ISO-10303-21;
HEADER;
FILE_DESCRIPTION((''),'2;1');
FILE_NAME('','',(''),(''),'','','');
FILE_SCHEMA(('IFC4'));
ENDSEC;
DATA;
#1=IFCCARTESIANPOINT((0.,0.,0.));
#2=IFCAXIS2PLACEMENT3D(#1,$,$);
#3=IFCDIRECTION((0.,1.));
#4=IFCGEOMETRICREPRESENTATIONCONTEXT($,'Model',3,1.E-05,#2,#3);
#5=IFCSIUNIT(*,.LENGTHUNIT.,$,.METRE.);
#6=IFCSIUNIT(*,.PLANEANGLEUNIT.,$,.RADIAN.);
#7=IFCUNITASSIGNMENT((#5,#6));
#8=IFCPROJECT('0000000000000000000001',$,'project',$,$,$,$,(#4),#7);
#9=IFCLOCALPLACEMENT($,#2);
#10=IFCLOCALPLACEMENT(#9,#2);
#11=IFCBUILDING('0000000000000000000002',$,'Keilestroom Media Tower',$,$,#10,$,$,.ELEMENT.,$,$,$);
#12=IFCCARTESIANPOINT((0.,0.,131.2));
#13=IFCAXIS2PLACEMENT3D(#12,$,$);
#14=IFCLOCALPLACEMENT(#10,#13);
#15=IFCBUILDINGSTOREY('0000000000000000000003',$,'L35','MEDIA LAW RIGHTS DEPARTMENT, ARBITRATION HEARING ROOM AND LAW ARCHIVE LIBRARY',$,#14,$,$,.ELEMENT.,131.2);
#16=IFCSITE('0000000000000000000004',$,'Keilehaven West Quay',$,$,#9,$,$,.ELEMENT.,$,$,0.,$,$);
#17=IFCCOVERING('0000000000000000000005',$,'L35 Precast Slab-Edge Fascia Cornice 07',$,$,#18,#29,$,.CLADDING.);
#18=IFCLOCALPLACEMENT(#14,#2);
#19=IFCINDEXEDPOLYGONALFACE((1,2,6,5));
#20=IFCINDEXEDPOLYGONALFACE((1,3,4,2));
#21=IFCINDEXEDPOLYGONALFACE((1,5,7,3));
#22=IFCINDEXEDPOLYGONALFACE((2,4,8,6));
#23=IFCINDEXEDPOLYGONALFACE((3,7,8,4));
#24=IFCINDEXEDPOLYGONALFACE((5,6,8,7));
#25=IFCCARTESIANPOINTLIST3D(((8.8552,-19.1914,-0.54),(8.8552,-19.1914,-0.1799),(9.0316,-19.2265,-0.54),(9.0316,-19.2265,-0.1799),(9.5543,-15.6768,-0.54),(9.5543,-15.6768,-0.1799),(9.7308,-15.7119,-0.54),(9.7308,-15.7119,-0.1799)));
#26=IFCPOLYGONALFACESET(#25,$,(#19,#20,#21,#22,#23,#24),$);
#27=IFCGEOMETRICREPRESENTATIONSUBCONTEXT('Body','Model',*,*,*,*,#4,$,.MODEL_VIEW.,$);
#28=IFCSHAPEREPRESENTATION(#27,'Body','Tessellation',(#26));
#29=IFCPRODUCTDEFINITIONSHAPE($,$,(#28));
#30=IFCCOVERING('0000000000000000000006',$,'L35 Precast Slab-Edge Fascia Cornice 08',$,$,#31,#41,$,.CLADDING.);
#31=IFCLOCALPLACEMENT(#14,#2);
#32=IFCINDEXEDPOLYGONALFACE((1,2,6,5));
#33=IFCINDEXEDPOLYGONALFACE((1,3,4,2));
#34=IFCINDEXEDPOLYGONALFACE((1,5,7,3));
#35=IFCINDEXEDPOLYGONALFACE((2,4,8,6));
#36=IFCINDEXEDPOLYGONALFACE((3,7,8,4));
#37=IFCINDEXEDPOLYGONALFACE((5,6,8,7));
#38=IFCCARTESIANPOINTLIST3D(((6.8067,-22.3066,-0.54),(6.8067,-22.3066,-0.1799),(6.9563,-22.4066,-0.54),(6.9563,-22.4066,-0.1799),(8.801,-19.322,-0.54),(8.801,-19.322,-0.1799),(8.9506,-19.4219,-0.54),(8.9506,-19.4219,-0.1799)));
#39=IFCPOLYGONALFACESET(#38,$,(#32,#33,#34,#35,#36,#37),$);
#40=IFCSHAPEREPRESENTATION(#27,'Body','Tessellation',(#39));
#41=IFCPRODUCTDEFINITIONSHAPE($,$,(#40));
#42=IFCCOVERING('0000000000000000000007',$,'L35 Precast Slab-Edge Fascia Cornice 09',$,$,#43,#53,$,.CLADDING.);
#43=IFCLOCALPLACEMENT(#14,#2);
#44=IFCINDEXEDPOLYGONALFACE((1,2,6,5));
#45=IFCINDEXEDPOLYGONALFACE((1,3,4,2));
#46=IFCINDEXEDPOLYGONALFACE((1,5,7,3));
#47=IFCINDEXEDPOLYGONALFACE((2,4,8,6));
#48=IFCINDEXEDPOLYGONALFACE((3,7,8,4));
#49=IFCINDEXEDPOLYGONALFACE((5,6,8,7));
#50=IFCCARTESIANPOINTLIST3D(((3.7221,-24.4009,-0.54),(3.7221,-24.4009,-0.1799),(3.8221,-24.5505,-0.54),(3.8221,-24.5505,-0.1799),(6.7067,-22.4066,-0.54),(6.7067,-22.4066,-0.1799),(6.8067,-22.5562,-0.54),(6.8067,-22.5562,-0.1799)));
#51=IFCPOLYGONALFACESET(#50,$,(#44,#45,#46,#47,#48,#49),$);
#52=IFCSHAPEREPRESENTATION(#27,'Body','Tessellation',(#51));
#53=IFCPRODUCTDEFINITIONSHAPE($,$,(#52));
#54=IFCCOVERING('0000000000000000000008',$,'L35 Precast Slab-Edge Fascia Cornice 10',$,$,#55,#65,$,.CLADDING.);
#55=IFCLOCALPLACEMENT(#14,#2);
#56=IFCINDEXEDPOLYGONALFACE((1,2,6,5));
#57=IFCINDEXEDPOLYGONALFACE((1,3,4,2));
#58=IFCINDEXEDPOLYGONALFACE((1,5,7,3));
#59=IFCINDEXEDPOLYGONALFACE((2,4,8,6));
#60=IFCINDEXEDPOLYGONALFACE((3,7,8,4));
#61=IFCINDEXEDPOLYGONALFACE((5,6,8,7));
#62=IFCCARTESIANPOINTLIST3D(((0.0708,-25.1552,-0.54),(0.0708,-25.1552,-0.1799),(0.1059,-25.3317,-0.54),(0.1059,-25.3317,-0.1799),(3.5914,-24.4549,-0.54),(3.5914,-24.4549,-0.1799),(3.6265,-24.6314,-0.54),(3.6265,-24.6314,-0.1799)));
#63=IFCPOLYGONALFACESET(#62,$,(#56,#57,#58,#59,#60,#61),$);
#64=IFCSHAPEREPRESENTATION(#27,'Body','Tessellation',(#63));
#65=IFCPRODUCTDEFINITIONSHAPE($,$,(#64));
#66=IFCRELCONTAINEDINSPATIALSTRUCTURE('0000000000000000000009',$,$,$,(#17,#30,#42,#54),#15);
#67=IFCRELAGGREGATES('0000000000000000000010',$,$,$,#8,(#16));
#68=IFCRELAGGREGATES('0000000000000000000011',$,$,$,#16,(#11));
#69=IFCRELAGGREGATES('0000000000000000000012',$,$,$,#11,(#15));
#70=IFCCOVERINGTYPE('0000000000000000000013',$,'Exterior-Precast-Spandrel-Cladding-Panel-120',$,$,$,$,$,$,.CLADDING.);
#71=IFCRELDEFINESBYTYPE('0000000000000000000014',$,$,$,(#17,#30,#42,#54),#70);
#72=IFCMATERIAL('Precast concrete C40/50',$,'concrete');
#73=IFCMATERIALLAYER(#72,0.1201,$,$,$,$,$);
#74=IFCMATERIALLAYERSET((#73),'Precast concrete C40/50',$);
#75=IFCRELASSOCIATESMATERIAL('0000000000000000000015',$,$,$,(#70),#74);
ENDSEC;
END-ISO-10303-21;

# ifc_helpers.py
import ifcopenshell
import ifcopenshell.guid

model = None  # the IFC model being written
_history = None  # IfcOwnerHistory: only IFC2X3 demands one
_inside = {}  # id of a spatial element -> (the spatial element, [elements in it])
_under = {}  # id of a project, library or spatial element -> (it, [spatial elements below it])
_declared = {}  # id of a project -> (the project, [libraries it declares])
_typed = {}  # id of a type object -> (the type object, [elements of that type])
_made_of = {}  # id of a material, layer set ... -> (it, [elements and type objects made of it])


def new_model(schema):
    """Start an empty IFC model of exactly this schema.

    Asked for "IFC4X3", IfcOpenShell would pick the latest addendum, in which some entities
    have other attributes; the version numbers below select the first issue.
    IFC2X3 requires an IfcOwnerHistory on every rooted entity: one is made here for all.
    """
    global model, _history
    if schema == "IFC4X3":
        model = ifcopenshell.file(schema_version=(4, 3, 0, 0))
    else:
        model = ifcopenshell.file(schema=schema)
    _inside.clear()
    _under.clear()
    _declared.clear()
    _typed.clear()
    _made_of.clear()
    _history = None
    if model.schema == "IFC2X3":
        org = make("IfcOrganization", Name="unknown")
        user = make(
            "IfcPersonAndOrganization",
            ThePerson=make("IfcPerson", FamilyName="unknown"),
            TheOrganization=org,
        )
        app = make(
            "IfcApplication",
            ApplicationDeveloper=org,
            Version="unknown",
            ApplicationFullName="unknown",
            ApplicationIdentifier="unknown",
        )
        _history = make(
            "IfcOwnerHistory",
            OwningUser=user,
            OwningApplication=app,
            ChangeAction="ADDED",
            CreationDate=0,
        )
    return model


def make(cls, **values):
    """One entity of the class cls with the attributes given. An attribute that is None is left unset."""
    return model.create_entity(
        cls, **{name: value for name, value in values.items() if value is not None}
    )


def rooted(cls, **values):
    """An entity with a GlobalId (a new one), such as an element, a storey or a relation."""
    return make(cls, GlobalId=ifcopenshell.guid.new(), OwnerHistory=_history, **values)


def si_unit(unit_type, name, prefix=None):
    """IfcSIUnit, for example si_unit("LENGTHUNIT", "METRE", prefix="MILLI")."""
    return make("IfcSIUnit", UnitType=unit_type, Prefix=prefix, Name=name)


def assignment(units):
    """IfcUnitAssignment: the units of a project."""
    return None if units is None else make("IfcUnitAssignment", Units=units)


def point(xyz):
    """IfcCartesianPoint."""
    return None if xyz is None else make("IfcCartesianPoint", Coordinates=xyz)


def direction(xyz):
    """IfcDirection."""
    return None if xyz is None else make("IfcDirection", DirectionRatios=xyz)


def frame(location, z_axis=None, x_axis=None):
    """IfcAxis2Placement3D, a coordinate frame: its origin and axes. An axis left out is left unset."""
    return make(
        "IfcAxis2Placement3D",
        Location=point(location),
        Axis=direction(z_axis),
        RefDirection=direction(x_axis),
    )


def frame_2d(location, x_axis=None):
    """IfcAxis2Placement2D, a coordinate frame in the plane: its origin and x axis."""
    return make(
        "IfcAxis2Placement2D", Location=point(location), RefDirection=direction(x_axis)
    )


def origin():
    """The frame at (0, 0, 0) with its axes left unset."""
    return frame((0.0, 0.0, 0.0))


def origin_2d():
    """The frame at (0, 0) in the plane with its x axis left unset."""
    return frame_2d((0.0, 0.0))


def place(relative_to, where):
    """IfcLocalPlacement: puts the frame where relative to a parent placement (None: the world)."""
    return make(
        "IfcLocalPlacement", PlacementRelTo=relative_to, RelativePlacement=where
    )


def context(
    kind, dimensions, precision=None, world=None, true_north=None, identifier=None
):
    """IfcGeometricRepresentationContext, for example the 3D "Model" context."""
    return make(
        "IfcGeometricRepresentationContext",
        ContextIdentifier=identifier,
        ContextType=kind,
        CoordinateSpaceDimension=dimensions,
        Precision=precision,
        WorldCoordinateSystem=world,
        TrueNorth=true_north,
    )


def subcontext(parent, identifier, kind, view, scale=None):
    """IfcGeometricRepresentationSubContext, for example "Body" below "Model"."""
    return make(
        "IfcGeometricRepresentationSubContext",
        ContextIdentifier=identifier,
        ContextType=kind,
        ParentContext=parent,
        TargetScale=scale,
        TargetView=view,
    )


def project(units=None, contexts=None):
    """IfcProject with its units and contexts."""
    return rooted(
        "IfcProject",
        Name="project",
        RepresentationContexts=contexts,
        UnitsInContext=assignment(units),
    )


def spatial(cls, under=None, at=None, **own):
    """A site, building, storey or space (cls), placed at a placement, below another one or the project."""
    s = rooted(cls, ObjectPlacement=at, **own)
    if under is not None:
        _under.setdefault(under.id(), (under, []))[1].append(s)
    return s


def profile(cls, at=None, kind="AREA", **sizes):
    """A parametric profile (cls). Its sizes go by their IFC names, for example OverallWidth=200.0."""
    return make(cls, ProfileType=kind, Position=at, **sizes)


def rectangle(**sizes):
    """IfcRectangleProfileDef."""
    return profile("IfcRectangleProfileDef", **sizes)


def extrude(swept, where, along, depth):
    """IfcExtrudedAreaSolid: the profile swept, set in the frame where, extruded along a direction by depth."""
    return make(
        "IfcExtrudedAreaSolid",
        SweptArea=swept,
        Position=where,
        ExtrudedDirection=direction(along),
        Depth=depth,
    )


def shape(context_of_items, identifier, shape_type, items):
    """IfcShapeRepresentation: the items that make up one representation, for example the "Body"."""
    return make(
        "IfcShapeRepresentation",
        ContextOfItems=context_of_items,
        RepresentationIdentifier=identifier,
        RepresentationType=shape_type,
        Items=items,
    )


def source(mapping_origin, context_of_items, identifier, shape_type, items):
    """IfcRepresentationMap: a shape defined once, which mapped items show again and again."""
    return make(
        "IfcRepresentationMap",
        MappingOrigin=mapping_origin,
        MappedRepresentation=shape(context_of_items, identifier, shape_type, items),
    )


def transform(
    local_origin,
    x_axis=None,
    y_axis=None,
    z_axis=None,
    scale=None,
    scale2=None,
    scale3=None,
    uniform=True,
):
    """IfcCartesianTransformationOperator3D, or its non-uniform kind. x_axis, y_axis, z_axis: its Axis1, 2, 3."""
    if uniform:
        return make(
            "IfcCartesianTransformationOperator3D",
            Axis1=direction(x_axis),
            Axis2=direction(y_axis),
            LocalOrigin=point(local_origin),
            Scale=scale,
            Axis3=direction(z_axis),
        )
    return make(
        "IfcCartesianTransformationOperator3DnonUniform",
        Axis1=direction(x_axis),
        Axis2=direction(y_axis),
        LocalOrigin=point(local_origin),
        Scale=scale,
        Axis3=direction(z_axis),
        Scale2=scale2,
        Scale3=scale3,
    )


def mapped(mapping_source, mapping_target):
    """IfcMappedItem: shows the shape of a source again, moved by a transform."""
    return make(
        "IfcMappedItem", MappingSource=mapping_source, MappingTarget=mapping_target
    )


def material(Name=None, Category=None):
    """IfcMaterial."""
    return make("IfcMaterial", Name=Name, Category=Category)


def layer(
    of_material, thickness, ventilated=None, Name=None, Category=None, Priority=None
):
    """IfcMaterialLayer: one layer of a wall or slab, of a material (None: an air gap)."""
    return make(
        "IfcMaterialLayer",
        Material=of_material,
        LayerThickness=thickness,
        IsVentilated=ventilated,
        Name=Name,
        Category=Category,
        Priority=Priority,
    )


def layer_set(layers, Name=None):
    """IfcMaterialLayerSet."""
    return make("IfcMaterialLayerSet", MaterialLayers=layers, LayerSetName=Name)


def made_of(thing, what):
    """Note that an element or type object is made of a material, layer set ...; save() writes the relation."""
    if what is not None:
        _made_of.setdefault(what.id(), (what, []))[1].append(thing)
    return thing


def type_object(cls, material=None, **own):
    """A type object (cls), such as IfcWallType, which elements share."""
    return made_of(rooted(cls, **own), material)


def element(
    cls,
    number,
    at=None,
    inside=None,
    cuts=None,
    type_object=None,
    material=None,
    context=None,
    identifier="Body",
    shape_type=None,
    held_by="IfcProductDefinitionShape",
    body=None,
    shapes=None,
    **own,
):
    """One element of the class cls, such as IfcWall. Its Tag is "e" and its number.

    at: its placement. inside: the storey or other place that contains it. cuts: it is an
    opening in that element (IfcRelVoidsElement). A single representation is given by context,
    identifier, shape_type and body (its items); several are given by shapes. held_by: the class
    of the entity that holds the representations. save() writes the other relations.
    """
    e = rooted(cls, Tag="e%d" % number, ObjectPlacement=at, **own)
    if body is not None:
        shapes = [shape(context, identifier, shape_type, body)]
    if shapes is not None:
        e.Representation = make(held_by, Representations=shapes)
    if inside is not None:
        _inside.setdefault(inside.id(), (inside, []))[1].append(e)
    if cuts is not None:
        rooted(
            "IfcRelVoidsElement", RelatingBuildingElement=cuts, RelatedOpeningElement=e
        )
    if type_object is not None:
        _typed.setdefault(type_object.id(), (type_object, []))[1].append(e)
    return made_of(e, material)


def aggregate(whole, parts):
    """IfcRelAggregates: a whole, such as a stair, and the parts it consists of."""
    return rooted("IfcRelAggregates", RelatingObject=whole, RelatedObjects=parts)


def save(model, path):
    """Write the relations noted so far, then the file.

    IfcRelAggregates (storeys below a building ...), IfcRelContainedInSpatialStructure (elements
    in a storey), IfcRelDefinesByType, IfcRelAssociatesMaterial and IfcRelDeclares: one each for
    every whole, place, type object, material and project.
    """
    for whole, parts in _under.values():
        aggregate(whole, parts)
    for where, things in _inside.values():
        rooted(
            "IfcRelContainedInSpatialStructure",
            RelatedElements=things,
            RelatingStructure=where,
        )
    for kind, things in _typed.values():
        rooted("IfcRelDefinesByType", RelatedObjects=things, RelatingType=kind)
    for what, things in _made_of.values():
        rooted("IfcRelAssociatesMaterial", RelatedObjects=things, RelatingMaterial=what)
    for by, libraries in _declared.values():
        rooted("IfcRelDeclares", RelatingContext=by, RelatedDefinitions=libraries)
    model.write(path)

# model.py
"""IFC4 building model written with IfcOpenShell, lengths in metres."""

from ifc_helpers import new_model, si_unit, direction, frame, origin, origin_2d, place, context, subcontext, project, spatial, rectangle, extrude, source, transform, mapped, material, layer, layer_set, type_object, element, save


model = new_model("IFC4")

# Units and contexts
model_context = context("Model", 3, precision=1e-05, world=origin(), true_north=direction((0.0, 1.0)))
body_context = subcontext(model_context, "Body", "Model", "MODEL_VIEW")
ifc_project = project(units=[si_unit("LENGTHUNIT", "METRE"), si_unit("PLANEANGLEUNIT", "RADIAN")], contexts=[model_context])

# Site, building, storey
site_placement = place(None, origin())
site = spatial("IfcSite", under=ifc_project, at=site_placement, Name="Keilehaven West Quay", CompositionType="ELEMENT", RefElevation=0.0)
building_placement = place(site_placement, origin())
building = spatial("IfcBuilding", under=site, at=building_placement, Name="Keilestroom Media Tower", CompositionType="ELEMENT")
storey_placement = place(building_placement, frame((0.0, 0.0, 131.2)))
storey = spatial("IfcBuildingStorey", under=building, at=storey_placement, Name="L35", Description="MEDIA LAW RIGHTS DEPARTMENT, ARBITRATION HEARING ROOM AND LAW ARCHIVE LIBRARY", CompositionType="ELEMENT", Elevation=131.2)

# Shared definitions
ifc_material_1 = material(Name="Precast concrete C40/50", Category="concrete")

# Coverings
ifc_layer_1 = layer(ifc_material_1, 0.1201)
ifc_layer_set_1 = layer_set([ifc_layer_1], Name="Precast concrete C40/50")
covering_type = type_object("IfcCoveringType", Name="Exterior-Precast-Spandrel-Cladding-Panel-120", PredefinedType="CLADDING", material=ifc_layer_set_1)
shared_shape_1 = source(origin(), body_context, "Body", "SweptSolid", [
    extrude(rectangle(XDim=3.5835, YDim=0.1799, at=origin_2d()), origin(), (0.0, 0.0, 1.0), 0.3601),
])
covering_placement = place(storey_placement, frame((9.293, -17.4517, -0.54), z_axis=(0.0, 0.0, 1.0), x_axis=(-0.195099, -0.980784, 0.0)))
element("IfcCovering", 1, at=covering_placement, inside=storey, type_object=covering_type, Name="L35 Precast Slab-Edge Fascia Cornice 07", PredefinedType="CLADDING", context=body_context, shape_type="MappedRepresentation", body=[
    mapped(shared_shape_1, transform((0.0, 0.0, 0.0), x_axis=(1.0, 0.0, 0.0), y_axis=(0.0, 1.0, 0.0), z_axis=(0.0, 0.0, 1.0), scale=1.0)),
])
shared_shape_2 = source(origin(), body_context, "Body", "SweptSolid", [
    extrude(rectangle(XDim=3.5896, YDim=0.1799, at=origin_2d()), origin(), (0.0, 0.0, 1.0), 0.3601),
])
for number, where, z_axis, x_axis, name in (
    (2, (7.8787, -20.8643, -0.54), (0.0, 0.0, 1.0), (-0.555575, -0.831467, 0.0), "L35 Precast Slab-Edge Fascia Cornice 08"),
    (3, (5.2644, -23.4785, -0.54), (0.0, 0.0, 1.0), (-0.831467, -0.555575, 0.0), "L35 Precast Slab-Edge Fascia Cornice 09"),
    (4, (1.8486, -24.8933, -0.54), (0.0, 0.0, 1.0), (-0.980784, -0.195099, 0.0), "L35 Precast Slab-Edge Fascia Cornice 10"),
):
    element("IfcCovering", number, at=place(storey_placement, frame(where, z_axis=z_axis, x_axis=x_axis)), inside=storey, type_object=covering_type, Name=name, PredefinedType="CLADDING", context=body_context, shape_type="MappedRepresentation", body=[
        mapped(shared_shape_2, transform((0.0, 0.0, 0.0), x_axis=(1.0, 0.0, 0.0), y_axis=(0.0, 1.0, 0.0), z_axis=(0.0, 0.0, 1.0), scale=1.0)),
    ])

save(model, "model.ifc")
